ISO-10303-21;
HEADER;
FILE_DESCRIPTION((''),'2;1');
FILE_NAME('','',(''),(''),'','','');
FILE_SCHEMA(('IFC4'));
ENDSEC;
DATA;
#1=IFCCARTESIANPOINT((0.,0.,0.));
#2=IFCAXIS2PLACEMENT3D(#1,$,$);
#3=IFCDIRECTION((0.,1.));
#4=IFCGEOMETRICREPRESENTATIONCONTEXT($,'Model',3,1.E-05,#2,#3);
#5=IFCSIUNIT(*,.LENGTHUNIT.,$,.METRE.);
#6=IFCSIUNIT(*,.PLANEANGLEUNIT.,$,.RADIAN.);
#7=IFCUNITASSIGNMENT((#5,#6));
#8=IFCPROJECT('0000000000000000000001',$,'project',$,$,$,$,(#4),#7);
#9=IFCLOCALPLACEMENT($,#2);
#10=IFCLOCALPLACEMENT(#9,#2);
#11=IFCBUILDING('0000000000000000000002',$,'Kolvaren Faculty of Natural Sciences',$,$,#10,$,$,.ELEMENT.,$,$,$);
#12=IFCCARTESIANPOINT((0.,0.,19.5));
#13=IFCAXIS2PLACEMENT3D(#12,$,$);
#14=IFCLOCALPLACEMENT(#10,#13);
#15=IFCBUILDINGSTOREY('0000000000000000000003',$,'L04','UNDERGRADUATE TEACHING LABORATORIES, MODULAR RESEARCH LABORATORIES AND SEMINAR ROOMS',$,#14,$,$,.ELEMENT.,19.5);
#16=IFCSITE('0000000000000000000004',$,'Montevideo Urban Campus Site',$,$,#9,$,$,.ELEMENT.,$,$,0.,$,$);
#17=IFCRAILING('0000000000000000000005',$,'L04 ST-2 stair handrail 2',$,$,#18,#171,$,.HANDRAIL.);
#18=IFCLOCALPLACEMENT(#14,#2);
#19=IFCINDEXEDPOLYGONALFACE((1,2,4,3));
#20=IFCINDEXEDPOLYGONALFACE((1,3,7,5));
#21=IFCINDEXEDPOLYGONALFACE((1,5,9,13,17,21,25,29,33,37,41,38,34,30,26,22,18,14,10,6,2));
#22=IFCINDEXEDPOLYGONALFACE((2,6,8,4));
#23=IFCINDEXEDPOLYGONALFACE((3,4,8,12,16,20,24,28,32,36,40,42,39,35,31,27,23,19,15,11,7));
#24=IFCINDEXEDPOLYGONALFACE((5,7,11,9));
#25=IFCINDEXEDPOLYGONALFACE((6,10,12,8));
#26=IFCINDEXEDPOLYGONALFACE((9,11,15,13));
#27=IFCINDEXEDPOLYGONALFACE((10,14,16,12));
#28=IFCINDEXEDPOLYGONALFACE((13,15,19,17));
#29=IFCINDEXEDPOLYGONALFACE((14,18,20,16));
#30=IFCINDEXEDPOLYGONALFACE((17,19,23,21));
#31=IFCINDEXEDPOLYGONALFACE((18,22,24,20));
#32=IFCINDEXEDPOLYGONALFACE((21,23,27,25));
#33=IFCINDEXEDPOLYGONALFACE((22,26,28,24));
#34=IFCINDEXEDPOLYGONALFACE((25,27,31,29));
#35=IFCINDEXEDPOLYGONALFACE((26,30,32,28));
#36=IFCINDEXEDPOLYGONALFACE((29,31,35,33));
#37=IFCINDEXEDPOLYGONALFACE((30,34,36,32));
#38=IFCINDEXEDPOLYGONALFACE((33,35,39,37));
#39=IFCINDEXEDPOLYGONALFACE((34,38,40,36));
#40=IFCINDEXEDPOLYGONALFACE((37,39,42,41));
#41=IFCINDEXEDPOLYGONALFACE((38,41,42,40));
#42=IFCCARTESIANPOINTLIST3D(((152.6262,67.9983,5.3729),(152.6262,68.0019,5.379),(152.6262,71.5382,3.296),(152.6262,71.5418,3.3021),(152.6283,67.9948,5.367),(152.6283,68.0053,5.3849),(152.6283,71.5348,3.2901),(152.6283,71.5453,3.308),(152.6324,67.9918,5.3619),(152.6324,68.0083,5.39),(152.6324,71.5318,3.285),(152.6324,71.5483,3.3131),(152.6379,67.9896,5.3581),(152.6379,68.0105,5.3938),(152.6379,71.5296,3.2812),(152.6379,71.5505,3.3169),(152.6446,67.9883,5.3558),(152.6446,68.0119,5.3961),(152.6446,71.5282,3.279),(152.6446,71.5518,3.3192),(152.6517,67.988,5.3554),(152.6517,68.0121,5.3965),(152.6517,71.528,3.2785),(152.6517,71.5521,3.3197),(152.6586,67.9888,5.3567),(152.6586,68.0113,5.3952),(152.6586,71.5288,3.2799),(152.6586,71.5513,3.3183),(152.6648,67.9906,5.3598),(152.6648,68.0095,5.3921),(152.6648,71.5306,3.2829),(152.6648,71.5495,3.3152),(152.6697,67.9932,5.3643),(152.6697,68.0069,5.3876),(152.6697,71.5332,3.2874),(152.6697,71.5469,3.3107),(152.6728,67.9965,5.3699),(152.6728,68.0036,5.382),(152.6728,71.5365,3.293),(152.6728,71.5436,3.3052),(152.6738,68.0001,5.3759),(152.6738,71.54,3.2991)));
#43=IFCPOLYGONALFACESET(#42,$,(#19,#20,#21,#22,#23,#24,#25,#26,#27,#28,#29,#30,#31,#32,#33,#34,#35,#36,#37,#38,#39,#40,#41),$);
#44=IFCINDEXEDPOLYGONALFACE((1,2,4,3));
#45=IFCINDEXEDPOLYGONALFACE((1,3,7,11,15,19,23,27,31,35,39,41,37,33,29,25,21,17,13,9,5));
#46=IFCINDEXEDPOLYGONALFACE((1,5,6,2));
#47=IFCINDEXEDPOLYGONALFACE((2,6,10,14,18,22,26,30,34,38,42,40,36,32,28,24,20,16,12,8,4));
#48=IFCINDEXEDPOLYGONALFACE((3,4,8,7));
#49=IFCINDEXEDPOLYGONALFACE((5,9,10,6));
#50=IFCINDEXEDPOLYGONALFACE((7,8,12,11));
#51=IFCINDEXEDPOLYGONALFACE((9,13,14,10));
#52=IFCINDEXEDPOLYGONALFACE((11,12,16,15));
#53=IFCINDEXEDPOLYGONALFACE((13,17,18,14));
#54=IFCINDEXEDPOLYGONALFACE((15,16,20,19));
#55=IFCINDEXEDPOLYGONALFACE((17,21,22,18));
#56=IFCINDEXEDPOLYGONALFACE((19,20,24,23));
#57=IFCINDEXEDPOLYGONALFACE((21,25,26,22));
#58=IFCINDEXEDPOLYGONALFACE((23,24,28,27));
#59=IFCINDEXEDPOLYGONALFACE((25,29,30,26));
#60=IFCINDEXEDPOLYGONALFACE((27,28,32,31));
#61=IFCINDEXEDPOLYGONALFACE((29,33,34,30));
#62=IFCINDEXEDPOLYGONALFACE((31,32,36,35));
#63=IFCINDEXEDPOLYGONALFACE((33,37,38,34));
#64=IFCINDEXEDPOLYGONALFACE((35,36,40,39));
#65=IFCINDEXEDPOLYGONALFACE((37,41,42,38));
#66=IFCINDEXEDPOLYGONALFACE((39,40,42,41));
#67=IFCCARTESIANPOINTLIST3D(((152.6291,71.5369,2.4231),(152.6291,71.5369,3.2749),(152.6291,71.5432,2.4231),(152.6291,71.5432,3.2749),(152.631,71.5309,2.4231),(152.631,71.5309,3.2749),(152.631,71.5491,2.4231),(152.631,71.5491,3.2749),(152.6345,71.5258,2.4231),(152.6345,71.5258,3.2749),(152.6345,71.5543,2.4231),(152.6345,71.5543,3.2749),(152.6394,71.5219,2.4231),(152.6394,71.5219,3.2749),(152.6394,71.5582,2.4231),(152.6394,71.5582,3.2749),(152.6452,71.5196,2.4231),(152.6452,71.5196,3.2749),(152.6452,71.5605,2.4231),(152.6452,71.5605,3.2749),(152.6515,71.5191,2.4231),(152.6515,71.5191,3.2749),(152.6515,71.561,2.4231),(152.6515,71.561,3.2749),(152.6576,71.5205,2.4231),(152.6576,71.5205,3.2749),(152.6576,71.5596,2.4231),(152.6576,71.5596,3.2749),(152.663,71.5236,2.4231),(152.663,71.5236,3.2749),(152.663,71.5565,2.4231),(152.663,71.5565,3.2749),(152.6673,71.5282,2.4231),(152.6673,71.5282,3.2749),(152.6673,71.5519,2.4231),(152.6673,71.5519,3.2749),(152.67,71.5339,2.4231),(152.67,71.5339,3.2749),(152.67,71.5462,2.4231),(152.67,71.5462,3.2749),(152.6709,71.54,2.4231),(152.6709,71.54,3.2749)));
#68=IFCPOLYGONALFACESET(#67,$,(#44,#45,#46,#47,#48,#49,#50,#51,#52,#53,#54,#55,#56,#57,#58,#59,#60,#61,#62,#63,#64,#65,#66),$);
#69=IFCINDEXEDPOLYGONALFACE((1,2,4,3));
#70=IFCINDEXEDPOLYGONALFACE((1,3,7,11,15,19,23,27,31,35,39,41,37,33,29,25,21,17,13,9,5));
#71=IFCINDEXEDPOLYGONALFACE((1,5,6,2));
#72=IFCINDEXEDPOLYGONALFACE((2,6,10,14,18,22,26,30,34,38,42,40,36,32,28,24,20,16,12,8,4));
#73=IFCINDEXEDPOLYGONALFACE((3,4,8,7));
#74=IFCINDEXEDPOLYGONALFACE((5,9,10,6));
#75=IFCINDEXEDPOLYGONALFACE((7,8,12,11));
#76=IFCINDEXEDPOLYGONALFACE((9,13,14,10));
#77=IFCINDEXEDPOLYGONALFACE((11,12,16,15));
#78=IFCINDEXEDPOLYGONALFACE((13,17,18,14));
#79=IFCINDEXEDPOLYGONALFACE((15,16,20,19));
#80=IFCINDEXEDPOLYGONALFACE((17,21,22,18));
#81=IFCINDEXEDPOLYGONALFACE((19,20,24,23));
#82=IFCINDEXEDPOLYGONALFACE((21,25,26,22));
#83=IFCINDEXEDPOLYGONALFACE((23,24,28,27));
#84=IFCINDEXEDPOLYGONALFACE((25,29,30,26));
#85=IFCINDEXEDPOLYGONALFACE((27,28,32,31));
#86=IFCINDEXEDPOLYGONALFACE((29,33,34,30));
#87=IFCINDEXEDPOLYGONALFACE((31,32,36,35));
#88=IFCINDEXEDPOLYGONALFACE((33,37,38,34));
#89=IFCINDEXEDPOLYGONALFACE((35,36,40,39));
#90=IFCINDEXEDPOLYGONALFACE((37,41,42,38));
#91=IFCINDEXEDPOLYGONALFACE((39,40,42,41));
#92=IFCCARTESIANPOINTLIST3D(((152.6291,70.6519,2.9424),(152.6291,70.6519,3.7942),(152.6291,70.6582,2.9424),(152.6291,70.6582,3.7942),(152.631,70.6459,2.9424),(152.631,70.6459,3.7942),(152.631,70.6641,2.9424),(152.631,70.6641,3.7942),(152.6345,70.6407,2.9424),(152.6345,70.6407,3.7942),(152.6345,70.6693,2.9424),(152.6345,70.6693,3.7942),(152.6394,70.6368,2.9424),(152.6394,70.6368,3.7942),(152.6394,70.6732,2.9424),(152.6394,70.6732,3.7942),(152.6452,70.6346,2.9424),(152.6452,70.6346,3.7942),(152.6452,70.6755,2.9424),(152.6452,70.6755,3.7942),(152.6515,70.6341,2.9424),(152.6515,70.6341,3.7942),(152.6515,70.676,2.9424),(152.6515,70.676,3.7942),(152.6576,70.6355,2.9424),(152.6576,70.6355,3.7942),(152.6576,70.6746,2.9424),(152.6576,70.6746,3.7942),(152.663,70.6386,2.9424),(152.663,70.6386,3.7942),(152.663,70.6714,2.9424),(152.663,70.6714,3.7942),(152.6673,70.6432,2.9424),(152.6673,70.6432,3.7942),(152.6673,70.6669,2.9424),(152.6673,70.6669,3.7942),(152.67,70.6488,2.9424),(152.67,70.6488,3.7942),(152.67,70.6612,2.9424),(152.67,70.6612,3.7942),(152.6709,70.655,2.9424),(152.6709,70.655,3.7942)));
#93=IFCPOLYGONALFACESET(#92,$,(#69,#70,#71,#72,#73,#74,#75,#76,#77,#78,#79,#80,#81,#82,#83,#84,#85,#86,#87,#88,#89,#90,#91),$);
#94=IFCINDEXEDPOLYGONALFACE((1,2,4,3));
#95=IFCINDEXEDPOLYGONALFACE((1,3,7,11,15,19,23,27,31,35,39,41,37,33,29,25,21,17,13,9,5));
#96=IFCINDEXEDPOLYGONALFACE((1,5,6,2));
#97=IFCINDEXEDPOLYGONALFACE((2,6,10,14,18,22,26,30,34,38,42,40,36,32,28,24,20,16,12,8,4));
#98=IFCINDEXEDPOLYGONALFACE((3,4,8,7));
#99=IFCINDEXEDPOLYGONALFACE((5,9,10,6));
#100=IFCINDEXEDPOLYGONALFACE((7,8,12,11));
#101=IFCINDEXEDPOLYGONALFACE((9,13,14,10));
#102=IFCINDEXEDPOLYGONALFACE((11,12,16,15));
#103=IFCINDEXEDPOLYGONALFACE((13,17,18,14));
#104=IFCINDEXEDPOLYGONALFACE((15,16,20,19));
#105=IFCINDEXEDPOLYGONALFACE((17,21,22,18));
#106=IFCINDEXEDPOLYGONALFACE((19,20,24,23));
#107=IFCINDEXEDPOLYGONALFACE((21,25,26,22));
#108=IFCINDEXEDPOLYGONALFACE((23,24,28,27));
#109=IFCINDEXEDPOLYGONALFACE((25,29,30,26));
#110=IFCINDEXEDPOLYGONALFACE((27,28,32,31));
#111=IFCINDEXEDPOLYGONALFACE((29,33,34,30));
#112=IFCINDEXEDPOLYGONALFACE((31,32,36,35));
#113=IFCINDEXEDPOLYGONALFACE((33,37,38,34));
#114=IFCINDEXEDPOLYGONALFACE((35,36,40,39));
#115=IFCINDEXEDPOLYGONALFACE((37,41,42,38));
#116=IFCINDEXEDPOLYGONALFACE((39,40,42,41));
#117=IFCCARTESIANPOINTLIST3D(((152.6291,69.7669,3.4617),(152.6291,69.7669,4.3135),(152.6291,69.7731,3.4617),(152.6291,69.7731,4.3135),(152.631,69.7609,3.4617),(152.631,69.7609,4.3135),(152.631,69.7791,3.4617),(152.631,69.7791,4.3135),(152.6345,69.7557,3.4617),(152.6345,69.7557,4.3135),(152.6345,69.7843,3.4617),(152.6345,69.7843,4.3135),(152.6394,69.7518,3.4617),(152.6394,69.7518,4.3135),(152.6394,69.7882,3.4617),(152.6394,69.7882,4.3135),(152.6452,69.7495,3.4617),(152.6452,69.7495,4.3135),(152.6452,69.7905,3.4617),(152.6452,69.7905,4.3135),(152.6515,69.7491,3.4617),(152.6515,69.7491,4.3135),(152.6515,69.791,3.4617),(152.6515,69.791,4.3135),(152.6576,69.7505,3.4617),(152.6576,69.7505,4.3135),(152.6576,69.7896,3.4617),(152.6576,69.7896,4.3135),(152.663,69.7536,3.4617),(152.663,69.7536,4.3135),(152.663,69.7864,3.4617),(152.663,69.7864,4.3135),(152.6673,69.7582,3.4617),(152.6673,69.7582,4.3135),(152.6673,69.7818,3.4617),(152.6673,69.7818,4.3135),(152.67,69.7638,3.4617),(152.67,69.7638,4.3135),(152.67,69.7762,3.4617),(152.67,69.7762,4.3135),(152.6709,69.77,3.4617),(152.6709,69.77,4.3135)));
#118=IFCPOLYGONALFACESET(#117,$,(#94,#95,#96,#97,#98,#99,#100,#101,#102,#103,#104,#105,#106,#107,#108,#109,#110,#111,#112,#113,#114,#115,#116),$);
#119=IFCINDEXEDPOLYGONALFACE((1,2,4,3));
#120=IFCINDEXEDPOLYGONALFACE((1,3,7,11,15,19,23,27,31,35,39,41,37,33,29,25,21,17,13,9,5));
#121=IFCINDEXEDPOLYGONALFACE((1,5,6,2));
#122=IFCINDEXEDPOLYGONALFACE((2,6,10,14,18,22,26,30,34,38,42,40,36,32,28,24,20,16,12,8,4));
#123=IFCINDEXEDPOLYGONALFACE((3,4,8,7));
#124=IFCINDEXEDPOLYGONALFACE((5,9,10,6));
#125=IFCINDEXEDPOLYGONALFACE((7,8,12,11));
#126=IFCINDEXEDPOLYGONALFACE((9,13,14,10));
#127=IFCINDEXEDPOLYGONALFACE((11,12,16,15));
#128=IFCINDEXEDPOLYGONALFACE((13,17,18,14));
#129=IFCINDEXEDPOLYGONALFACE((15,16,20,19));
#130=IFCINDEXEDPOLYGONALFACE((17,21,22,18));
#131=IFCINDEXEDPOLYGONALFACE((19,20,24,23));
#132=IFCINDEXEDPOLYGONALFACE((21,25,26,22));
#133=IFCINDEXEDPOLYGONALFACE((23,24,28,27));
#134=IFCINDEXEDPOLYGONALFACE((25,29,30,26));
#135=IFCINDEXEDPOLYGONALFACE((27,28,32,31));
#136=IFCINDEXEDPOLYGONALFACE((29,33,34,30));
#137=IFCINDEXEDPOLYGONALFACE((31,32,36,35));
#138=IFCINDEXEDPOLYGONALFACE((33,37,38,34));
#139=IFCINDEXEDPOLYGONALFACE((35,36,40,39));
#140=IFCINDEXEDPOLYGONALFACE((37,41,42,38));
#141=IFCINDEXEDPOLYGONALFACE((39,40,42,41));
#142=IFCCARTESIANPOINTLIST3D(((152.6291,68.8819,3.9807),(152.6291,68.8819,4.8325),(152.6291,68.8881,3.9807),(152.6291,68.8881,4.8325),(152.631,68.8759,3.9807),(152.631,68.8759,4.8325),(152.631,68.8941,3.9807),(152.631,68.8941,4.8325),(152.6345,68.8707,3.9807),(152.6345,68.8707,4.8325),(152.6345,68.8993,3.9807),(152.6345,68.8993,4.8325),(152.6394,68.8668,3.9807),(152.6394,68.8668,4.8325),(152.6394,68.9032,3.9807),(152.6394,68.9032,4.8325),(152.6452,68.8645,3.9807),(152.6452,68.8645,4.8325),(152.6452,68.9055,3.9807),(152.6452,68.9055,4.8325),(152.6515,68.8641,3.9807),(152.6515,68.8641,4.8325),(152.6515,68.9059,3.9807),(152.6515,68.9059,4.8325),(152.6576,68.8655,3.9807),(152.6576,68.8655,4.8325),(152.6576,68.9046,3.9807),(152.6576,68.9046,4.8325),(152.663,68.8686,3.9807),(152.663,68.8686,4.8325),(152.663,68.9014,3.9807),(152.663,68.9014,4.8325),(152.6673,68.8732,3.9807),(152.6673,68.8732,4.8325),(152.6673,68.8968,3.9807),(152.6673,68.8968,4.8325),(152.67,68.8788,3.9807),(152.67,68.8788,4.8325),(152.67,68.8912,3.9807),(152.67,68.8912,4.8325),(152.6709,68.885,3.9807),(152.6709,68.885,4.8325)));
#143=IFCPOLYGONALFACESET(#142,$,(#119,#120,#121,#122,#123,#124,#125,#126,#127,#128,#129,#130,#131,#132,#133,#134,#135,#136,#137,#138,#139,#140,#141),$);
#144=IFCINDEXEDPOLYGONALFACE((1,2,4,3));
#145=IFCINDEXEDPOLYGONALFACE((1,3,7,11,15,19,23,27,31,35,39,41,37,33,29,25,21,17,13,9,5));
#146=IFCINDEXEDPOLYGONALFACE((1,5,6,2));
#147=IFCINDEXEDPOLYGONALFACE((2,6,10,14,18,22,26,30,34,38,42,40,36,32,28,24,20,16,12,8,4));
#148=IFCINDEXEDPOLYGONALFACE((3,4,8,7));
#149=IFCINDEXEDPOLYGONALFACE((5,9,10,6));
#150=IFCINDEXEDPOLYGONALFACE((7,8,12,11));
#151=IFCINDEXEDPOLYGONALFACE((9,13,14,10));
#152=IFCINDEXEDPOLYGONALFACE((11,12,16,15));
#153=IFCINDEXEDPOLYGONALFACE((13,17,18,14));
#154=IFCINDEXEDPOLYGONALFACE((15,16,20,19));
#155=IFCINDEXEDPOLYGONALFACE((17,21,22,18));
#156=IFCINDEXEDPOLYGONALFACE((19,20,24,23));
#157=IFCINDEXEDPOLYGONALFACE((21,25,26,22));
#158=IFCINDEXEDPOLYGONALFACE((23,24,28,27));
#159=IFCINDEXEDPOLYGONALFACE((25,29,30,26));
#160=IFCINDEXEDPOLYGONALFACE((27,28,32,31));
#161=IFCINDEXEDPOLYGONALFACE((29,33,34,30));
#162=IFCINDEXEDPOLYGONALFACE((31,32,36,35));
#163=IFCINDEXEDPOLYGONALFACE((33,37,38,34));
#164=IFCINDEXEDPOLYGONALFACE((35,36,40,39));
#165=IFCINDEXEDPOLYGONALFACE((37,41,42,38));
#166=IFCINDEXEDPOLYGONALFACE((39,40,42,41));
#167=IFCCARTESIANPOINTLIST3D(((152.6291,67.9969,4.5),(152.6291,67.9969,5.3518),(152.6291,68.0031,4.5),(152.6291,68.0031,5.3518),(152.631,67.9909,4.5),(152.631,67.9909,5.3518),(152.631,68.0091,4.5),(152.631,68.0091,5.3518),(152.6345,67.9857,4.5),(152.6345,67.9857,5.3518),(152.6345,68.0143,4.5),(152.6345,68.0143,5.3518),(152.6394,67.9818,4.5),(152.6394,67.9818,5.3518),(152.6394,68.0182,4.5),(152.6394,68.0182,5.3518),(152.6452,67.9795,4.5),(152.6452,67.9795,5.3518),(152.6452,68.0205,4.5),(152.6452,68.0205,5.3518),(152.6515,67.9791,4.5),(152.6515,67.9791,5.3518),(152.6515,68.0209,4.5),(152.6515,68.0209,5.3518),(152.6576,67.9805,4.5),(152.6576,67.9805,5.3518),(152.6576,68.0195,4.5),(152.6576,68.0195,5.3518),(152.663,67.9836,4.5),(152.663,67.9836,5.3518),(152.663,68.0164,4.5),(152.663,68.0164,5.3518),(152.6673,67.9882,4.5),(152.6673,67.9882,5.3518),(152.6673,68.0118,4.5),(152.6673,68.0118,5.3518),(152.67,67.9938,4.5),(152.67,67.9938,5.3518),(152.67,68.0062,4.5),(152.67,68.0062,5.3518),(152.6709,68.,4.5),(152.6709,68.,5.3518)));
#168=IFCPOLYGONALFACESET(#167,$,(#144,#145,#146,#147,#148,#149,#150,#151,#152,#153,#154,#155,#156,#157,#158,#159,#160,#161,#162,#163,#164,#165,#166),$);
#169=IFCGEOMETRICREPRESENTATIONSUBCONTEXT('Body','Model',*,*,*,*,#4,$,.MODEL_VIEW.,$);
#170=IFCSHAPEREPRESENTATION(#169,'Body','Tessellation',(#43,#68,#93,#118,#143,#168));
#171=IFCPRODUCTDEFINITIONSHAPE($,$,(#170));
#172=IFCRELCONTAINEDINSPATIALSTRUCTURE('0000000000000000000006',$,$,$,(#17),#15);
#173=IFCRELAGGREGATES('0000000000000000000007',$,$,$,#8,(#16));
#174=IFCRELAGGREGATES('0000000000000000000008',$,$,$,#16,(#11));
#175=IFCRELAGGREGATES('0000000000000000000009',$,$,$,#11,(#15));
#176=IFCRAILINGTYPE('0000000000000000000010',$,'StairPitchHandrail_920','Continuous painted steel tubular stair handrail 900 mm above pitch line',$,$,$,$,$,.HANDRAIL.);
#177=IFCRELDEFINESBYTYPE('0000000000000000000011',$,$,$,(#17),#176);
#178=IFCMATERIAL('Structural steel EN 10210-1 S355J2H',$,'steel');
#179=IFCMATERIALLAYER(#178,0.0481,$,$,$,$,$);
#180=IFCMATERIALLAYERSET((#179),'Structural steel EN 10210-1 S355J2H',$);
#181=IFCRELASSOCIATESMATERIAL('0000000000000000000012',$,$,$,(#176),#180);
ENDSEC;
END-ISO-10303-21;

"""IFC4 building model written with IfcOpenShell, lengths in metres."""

from ifc_helpers import new_model, si_unit, direction, frame, origin, origin_2d, place, context, subcontext, project, spatial, circle, extrude, material, layer, layer_set, type_object, element, save


model = new_model("IFC4")

# Units and contexts
model_context = context("Model", 3, precision=1e-05, world=origin(), true_north=direction((0.0, 1.0)))
body_context = subcontext(model_context, "Body", "Model", "MODEL_VIEW")
ifc_project = project(units=[si_unit("LENGTHUNIT", "METRE"), si_unit("PLANEANGLEUNIT", "RADIAN")], contexts=[model_context])

# Site, building, storey
site_placement = place(None, origin())
site = spatial("IfcSite", under=ifc_project, at=site_placement, Name="Montevideo Urban Campus Site", CompositionType="ELEMENT", RefElevation=0.0)
building_placement = place(site_placement, origin())
building = spatial("IfcBuilding", under=site, at=building_placement, Name="Kolvaren Faculty of Natural Sciences", CompositionType="ELEMENT")
storey_placement = place(building_placement, frame((0.0, 0.0, 19.5)))
storey = spatial("IfcBuildingStorey", under=building, at=storey_placement, Name="L04", Description="UNDERGRADUATE TEACHING LABORATORIES, MODULAR RESEARCH LABORATORIES AND SEMINAR ROOMS", CompositionType="ELEMENT", Elevation=19.5)

# Railing
ifc_material_1 = material(Name="Structural steel EN 10210-1 S355J2H", Category="steel")
ifc_layer_1 = layer(ifc_material_1, 0.0481)
ifc_layer_set_1 = layer_set([ifc_layer_1], Name="Structural steel EN 10210-1 S355J2H")
railing_type_1 = type_object("IfcRailingType", Name="StairPitchHandrail_920", Description="Continuous painted steel tubular stair handrail 900 mm above pitch line", PredefinedType="HANDRAIL", material=ifc_layer_set_1)
railing_1_placement = place(storey_placement, frame((152.6499, 71.54, 2.4231)))
element("IfcRailing", 1, at=railing_1_placement, inside=storey, type_object=railing_type_1, Name="L04 ST-2 stair handrail 2", PredefinedType="HANDRAIL", context=body_context, shape_type="SweptSolid", body=[
    extrude(circle(Radius=0.0239, at=origin_2d()), frame((0.0, 0.0, 0.876), z_axis=(0.0, -0.862516, 0.506029), x_axis=(1.0, 0.0, 0.0)), (0.0, 0.0, 1.0), 4.1042),
    extrude(circle(Radius=0.021, at=origin_2d()), origin(), (0.0, 0.0, 1.0), 0.8518),
    extrude(circle(Radius=0.021, at=origin_2d()), frame((0.0, -0.885, 0.5193)), (0.0, 0.0, 1.0), 0.8518),
    extrude(circle(Radius=0.021, at=origin_2d()), frame((0.0, -1.77, 1.0386)), (0.0, 0.0, 1.0), 0.8518),
    extrude(circle(Radius=0.021, at=origin_2d()), frame((0.0, -2.655, 1.5576)), (0.0, 0.0, 1.0), 0.8518),
    extrude(circle(Radius=0.021, at=origin_2d()), frame((0.0, -3.54, 2.0769)), (0.0, 0.0, 1.0), 0.8518),
])

save(model, "model.ifc")
